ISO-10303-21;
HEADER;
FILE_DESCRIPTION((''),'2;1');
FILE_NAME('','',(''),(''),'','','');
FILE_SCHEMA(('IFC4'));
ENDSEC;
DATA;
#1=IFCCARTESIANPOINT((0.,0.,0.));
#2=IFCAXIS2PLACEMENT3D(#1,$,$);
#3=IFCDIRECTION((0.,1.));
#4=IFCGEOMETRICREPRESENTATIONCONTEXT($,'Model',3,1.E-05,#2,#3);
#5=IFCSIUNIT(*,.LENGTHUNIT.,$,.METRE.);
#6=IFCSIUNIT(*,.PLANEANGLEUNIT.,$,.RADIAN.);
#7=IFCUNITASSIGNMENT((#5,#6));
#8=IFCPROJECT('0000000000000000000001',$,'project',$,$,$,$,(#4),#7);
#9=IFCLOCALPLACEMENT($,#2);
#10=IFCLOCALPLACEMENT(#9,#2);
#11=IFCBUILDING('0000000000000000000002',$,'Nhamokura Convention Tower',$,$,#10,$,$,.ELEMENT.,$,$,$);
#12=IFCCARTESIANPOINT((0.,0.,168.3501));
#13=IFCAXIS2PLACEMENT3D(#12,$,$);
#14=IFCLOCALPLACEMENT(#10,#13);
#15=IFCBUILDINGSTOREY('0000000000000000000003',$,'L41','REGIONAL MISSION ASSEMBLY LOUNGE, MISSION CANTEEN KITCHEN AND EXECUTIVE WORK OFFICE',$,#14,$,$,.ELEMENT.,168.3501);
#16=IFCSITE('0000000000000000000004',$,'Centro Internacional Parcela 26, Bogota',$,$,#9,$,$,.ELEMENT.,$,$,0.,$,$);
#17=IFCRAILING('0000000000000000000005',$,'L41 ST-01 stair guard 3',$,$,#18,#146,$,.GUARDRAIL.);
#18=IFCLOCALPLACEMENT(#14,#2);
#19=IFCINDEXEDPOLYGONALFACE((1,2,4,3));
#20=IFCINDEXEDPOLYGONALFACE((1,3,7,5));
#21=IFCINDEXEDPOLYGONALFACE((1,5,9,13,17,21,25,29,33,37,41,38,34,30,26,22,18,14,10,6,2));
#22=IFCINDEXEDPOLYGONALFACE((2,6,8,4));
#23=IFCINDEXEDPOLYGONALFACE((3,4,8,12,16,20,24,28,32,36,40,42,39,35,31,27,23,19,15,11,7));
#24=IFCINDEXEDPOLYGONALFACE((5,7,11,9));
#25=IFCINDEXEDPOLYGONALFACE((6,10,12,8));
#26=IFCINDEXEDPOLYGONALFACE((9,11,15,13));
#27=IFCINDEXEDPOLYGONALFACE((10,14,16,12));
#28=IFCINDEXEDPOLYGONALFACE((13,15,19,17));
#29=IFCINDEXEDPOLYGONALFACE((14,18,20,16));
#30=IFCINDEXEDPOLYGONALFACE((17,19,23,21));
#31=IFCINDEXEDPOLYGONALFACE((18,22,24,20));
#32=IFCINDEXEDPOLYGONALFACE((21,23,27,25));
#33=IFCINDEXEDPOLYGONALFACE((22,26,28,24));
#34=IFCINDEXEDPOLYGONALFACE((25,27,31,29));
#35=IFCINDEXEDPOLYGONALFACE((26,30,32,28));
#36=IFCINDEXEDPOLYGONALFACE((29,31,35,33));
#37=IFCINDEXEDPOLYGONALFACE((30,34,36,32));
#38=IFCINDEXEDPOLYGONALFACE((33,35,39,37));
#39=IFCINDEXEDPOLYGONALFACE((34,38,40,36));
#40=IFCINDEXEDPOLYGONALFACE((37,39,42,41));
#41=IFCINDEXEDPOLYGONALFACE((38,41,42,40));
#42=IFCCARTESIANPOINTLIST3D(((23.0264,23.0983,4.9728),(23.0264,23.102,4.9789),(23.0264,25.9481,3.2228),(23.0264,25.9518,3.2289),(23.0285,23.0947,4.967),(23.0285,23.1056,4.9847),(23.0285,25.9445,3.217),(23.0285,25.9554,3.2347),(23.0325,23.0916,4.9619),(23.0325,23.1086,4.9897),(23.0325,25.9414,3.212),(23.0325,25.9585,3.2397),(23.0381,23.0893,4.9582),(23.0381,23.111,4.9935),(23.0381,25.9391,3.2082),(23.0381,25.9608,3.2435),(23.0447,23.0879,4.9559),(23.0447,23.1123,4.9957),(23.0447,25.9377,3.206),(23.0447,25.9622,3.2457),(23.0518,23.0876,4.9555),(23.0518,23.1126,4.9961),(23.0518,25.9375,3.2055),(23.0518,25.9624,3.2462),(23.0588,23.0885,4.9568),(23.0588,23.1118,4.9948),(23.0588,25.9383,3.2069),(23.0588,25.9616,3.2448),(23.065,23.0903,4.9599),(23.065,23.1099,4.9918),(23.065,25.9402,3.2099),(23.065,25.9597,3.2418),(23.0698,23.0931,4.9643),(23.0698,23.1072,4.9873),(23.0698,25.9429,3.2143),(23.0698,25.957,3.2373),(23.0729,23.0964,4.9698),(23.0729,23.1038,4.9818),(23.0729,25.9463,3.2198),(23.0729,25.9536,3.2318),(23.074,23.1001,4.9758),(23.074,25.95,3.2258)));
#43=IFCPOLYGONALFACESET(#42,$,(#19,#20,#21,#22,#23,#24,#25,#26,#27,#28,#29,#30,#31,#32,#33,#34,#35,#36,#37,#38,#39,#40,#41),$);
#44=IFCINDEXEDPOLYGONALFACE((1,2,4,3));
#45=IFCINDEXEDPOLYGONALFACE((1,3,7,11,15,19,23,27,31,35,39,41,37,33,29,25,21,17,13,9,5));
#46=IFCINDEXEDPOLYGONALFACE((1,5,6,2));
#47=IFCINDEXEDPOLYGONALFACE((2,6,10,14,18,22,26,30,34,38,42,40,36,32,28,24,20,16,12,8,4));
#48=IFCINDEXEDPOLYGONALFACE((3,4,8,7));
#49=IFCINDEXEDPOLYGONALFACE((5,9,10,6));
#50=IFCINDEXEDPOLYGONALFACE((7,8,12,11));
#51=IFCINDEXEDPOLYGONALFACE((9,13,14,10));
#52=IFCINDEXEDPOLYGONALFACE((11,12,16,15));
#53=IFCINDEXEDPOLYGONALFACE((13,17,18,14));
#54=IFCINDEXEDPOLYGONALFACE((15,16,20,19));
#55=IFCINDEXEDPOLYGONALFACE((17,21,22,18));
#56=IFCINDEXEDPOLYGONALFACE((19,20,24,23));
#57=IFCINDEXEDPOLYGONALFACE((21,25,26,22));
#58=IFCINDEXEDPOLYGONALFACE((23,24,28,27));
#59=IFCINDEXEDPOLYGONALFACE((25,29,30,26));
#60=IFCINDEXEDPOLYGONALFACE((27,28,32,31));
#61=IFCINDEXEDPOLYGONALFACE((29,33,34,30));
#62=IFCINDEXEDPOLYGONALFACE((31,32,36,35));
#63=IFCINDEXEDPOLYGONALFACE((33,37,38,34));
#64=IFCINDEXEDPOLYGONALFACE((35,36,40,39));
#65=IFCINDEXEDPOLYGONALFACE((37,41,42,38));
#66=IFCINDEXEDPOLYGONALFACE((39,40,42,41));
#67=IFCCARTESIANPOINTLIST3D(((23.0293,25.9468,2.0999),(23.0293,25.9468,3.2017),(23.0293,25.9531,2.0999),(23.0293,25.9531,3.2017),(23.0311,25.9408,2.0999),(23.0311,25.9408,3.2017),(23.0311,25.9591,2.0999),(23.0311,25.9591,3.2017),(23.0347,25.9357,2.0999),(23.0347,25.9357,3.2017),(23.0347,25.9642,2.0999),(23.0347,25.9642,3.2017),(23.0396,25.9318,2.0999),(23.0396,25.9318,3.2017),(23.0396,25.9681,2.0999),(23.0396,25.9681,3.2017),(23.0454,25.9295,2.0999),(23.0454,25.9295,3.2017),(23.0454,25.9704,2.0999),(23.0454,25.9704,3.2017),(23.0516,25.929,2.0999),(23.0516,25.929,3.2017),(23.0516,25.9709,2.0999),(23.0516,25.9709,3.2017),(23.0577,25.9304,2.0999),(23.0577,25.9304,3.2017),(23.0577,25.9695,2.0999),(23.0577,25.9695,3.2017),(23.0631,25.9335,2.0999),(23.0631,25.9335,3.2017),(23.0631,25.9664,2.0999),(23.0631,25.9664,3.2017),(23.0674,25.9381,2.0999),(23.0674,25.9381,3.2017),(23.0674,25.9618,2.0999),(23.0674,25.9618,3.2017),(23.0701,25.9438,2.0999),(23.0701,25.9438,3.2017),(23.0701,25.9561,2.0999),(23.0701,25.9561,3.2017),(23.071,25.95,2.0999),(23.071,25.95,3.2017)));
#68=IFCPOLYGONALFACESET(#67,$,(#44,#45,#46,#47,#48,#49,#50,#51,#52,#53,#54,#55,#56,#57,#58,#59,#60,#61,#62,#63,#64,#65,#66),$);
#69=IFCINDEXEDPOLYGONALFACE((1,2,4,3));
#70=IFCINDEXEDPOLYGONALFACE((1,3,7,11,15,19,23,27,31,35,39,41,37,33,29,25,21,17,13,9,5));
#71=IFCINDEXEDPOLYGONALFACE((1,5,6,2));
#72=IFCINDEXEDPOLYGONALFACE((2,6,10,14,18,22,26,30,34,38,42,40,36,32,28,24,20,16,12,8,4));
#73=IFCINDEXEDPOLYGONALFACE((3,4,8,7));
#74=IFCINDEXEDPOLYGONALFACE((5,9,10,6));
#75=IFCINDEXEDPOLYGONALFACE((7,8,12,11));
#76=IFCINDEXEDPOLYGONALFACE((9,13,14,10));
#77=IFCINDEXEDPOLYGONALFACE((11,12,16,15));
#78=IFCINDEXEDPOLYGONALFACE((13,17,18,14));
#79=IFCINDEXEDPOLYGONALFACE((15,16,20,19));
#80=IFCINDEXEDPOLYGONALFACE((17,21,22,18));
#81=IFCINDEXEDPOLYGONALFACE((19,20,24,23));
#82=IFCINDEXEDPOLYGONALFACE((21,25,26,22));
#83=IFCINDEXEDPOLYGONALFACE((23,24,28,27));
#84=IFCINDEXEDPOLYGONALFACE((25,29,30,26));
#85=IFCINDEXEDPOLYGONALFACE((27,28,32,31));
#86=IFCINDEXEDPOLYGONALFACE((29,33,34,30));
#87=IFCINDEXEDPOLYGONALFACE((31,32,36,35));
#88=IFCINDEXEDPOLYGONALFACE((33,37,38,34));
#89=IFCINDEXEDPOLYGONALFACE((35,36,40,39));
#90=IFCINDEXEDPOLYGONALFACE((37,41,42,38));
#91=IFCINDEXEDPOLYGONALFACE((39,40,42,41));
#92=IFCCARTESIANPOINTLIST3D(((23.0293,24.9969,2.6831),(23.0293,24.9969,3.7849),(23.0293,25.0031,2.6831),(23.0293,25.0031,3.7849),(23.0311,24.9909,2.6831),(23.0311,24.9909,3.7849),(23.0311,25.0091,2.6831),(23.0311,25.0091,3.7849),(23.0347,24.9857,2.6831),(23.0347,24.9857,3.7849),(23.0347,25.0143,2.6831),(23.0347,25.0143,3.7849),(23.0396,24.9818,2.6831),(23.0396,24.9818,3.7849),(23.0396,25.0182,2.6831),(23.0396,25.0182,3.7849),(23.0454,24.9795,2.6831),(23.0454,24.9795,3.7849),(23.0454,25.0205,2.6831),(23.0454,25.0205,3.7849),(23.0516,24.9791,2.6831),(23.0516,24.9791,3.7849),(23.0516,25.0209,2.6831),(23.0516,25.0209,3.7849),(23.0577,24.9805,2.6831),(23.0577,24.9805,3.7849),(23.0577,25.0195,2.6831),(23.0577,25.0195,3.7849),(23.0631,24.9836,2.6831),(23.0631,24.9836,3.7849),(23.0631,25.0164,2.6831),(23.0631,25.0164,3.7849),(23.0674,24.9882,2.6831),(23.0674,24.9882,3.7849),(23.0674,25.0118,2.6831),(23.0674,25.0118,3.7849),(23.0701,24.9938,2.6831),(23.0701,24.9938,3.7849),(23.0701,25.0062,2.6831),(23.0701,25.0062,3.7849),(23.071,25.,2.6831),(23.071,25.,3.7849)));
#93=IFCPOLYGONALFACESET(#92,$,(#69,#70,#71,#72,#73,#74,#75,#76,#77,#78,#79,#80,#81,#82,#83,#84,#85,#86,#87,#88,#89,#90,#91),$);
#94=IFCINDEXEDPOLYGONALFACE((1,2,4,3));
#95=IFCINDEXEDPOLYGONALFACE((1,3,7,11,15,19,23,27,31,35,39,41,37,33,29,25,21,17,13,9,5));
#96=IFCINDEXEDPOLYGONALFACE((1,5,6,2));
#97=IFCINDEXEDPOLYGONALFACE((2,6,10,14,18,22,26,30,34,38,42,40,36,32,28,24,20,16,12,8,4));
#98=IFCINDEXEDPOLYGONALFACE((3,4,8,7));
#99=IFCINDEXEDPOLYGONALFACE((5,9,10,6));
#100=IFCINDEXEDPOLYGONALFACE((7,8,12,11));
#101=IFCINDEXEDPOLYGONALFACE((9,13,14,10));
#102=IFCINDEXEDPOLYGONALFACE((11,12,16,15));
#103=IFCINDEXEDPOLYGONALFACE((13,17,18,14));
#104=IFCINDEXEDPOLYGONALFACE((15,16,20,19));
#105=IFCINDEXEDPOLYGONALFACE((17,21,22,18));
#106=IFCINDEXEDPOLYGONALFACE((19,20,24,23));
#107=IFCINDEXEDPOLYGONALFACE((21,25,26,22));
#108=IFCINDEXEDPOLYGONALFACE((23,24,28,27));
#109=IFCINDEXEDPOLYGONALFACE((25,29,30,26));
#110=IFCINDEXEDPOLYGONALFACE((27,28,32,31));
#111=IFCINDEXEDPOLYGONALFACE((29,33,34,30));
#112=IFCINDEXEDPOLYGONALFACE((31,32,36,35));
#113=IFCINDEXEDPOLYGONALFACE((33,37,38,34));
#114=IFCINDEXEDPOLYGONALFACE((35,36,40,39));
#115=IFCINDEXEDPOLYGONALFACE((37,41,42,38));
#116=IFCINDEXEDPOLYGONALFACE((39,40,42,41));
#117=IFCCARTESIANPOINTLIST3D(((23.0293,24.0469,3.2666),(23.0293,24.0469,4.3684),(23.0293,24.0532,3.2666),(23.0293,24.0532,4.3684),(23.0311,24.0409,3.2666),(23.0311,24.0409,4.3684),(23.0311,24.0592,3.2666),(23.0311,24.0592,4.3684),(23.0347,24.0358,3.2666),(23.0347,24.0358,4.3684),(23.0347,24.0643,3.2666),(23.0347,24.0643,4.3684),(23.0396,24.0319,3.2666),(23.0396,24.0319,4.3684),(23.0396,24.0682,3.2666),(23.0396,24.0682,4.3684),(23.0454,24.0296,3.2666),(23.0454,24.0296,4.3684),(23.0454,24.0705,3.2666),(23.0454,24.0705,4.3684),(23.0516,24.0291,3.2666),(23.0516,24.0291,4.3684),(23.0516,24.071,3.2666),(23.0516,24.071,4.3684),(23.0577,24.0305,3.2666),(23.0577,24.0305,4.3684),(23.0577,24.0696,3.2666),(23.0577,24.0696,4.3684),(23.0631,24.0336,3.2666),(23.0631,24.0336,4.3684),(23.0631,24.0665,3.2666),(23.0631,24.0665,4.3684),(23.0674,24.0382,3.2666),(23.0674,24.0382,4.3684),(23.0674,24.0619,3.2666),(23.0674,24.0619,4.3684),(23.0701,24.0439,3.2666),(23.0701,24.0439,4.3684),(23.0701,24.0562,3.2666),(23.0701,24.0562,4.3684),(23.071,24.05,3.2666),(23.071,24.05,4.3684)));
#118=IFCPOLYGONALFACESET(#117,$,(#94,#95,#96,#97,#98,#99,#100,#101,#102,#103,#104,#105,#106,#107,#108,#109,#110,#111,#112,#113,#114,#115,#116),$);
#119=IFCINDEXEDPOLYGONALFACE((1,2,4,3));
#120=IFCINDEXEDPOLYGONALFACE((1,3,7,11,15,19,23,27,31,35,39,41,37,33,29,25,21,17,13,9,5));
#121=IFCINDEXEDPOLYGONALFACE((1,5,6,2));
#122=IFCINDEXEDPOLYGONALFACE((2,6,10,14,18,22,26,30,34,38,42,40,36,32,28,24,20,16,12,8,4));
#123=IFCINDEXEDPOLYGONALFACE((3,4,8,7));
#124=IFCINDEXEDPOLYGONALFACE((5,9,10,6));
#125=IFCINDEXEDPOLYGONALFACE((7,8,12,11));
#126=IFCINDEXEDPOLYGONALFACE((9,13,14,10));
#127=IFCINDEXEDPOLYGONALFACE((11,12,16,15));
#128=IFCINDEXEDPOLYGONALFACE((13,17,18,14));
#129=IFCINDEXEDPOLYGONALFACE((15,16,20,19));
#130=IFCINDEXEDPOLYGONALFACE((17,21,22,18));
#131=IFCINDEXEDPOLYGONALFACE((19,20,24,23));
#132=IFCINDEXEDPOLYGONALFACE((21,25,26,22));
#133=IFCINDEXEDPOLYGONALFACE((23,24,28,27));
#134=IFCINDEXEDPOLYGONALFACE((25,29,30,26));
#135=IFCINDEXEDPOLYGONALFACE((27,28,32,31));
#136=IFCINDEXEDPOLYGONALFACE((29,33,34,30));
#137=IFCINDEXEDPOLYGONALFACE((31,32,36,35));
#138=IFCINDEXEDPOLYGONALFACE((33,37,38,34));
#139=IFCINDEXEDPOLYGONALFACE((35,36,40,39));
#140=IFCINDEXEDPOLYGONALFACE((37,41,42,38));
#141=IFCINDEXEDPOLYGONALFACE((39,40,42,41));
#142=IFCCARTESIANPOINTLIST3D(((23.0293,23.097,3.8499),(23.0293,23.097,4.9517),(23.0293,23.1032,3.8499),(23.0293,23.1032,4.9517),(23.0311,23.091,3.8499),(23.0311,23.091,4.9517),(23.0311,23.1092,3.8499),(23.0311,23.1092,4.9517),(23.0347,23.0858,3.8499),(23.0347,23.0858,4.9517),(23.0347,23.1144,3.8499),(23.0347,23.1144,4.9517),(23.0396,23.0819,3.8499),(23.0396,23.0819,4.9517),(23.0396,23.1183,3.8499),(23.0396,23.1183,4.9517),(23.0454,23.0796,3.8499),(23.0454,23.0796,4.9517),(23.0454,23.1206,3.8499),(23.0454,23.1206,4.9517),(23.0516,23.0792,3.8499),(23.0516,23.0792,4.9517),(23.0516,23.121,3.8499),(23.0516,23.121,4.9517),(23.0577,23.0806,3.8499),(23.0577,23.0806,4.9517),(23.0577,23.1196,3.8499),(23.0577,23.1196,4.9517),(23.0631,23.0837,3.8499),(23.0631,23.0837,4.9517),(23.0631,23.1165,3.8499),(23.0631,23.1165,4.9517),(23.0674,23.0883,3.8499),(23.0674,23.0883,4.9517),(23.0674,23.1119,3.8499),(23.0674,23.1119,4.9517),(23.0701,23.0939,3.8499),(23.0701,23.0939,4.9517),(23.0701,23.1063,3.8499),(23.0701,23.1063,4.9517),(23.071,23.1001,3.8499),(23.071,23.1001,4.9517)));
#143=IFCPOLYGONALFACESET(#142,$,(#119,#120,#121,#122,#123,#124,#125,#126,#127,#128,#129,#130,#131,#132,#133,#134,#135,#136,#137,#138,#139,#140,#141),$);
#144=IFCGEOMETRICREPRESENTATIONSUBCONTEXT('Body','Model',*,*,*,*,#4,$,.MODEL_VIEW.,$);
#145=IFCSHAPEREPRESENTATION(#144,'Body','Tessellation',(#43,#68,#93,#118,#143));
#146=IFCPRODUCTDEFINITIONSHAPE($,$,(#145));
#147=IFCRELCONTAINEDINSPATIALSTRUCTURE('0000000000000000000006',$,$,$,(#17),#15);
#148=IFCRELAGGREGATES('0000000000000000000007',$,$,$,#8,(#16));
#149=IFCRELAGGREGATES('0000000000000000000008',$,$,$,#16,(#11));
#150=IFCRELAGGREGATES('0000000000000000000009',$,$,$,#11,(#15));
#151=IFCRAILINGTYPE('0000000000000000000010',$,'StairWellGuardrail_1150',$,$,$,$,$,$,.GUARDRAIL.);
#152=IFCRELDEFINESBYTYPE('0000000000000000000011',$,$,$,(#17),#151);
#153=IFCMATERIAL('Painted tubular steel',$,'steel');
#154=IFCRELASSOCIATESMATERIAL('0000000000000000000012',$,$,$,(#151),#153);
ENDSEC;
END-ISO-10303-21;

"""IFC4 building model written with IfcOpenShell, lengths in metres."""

from ifc_helpers import new_model, si_unit, direction, frame, origin, origin_2d, place, context, subcontext, project, spatial, circle, extrude, material, type_object, element, save


model = new_model("IFC4")

# Units and contexts
model_context = context("Model", 3, precision=1e-05, world=origin(), true_north=direction((0.0, 1.0)))
body_context = subcontext(model_context, "Body", "Model", "MODEL_VIEW")
ifc_project = project(units=[si_unit("LENGTHUNIT", "METRE"), si_unit("PLANEANGLEUNIT", "RADIAN")], contexts=[model_context])

# Site, building, storey
site_placement = place(None, origin())
site = spatial("IfcSite", under=ifc_project, at=site_placement, Name="Centro Internacional Parcela 26, Bogota", CompositionType="ELEMENT", RefElevation=0.0)
building_placement = place(site_placement, origin())
building = spatial("IfcBuilding", under=site, at=building_placement, Name="Nhamokura Convention Tower", CompositionType="ELEMENT")
storey_placement = place(building_placement, frame((0.0, 0.0, 168.3501)))
storey = spatial("IfcBuildingStorey", under=building, at=storey_placement, Name="L41", Description="REGIONAL MISSION ASSEMBLY LOUNGE, MISSION CANTEEN KITCHEN AND EXECUTIVE WORK OFFICE", CompositionType="ELEMENT", Elevation=168.3501)

# Railing
ifc_material_1 = material(Name="Painted tubular steel", Category="steel")
railing_type_1 = type_object("IfcRailingType", Name="StairWellGuardrail_1150", PredefinedType="GUARDRAIL", material=ifc_material_1)
railing_1_placement = place(storey_placement, frame((23.05, 25.95, 2.0999)))
element("IfcRailing", 1, at=railing_1_placement, inside=storey, type_object=railing_type_1, Name="L41 ST-01 stair guard 3", PredefinedType="GUARDRAIL", context=body_context, shape_type="SweptSolid", body=[
    extrude(circle(Radius=0.0239, at=origin_2d()), frame((0.0, 0.0, 1.126), z_axis=(0.0, -0.852159, 0.523283), x_axis=(1.0, 0.0, 0.0)), (0.0, 0.0, 1.0), 3.3442),
    extrude(circle(Radius=0.021, at=origin_2d()), origin(), (0.0, 0.0, 1.0), 1.1018),
    extrude(circle(Radius=0.021, at=origin_2d()), frame((0.0, -0.95, 0.5833)), (0.0, 0.0, 1.0), 1.1018),
    extrude(circle(Radius=0.021, at=origin_2d()), frame((0.0, -1.8999, 1.1667)), (0.0, 0.0, 1.0), 1.1018),
    extrude(circle(Radius=0.021, at=origin_2d()), frame((0.0, -2.8499, 1.75)), (0.0, 0.0, 1.0), 1.1018),
])

save(model, "model.ifc")
